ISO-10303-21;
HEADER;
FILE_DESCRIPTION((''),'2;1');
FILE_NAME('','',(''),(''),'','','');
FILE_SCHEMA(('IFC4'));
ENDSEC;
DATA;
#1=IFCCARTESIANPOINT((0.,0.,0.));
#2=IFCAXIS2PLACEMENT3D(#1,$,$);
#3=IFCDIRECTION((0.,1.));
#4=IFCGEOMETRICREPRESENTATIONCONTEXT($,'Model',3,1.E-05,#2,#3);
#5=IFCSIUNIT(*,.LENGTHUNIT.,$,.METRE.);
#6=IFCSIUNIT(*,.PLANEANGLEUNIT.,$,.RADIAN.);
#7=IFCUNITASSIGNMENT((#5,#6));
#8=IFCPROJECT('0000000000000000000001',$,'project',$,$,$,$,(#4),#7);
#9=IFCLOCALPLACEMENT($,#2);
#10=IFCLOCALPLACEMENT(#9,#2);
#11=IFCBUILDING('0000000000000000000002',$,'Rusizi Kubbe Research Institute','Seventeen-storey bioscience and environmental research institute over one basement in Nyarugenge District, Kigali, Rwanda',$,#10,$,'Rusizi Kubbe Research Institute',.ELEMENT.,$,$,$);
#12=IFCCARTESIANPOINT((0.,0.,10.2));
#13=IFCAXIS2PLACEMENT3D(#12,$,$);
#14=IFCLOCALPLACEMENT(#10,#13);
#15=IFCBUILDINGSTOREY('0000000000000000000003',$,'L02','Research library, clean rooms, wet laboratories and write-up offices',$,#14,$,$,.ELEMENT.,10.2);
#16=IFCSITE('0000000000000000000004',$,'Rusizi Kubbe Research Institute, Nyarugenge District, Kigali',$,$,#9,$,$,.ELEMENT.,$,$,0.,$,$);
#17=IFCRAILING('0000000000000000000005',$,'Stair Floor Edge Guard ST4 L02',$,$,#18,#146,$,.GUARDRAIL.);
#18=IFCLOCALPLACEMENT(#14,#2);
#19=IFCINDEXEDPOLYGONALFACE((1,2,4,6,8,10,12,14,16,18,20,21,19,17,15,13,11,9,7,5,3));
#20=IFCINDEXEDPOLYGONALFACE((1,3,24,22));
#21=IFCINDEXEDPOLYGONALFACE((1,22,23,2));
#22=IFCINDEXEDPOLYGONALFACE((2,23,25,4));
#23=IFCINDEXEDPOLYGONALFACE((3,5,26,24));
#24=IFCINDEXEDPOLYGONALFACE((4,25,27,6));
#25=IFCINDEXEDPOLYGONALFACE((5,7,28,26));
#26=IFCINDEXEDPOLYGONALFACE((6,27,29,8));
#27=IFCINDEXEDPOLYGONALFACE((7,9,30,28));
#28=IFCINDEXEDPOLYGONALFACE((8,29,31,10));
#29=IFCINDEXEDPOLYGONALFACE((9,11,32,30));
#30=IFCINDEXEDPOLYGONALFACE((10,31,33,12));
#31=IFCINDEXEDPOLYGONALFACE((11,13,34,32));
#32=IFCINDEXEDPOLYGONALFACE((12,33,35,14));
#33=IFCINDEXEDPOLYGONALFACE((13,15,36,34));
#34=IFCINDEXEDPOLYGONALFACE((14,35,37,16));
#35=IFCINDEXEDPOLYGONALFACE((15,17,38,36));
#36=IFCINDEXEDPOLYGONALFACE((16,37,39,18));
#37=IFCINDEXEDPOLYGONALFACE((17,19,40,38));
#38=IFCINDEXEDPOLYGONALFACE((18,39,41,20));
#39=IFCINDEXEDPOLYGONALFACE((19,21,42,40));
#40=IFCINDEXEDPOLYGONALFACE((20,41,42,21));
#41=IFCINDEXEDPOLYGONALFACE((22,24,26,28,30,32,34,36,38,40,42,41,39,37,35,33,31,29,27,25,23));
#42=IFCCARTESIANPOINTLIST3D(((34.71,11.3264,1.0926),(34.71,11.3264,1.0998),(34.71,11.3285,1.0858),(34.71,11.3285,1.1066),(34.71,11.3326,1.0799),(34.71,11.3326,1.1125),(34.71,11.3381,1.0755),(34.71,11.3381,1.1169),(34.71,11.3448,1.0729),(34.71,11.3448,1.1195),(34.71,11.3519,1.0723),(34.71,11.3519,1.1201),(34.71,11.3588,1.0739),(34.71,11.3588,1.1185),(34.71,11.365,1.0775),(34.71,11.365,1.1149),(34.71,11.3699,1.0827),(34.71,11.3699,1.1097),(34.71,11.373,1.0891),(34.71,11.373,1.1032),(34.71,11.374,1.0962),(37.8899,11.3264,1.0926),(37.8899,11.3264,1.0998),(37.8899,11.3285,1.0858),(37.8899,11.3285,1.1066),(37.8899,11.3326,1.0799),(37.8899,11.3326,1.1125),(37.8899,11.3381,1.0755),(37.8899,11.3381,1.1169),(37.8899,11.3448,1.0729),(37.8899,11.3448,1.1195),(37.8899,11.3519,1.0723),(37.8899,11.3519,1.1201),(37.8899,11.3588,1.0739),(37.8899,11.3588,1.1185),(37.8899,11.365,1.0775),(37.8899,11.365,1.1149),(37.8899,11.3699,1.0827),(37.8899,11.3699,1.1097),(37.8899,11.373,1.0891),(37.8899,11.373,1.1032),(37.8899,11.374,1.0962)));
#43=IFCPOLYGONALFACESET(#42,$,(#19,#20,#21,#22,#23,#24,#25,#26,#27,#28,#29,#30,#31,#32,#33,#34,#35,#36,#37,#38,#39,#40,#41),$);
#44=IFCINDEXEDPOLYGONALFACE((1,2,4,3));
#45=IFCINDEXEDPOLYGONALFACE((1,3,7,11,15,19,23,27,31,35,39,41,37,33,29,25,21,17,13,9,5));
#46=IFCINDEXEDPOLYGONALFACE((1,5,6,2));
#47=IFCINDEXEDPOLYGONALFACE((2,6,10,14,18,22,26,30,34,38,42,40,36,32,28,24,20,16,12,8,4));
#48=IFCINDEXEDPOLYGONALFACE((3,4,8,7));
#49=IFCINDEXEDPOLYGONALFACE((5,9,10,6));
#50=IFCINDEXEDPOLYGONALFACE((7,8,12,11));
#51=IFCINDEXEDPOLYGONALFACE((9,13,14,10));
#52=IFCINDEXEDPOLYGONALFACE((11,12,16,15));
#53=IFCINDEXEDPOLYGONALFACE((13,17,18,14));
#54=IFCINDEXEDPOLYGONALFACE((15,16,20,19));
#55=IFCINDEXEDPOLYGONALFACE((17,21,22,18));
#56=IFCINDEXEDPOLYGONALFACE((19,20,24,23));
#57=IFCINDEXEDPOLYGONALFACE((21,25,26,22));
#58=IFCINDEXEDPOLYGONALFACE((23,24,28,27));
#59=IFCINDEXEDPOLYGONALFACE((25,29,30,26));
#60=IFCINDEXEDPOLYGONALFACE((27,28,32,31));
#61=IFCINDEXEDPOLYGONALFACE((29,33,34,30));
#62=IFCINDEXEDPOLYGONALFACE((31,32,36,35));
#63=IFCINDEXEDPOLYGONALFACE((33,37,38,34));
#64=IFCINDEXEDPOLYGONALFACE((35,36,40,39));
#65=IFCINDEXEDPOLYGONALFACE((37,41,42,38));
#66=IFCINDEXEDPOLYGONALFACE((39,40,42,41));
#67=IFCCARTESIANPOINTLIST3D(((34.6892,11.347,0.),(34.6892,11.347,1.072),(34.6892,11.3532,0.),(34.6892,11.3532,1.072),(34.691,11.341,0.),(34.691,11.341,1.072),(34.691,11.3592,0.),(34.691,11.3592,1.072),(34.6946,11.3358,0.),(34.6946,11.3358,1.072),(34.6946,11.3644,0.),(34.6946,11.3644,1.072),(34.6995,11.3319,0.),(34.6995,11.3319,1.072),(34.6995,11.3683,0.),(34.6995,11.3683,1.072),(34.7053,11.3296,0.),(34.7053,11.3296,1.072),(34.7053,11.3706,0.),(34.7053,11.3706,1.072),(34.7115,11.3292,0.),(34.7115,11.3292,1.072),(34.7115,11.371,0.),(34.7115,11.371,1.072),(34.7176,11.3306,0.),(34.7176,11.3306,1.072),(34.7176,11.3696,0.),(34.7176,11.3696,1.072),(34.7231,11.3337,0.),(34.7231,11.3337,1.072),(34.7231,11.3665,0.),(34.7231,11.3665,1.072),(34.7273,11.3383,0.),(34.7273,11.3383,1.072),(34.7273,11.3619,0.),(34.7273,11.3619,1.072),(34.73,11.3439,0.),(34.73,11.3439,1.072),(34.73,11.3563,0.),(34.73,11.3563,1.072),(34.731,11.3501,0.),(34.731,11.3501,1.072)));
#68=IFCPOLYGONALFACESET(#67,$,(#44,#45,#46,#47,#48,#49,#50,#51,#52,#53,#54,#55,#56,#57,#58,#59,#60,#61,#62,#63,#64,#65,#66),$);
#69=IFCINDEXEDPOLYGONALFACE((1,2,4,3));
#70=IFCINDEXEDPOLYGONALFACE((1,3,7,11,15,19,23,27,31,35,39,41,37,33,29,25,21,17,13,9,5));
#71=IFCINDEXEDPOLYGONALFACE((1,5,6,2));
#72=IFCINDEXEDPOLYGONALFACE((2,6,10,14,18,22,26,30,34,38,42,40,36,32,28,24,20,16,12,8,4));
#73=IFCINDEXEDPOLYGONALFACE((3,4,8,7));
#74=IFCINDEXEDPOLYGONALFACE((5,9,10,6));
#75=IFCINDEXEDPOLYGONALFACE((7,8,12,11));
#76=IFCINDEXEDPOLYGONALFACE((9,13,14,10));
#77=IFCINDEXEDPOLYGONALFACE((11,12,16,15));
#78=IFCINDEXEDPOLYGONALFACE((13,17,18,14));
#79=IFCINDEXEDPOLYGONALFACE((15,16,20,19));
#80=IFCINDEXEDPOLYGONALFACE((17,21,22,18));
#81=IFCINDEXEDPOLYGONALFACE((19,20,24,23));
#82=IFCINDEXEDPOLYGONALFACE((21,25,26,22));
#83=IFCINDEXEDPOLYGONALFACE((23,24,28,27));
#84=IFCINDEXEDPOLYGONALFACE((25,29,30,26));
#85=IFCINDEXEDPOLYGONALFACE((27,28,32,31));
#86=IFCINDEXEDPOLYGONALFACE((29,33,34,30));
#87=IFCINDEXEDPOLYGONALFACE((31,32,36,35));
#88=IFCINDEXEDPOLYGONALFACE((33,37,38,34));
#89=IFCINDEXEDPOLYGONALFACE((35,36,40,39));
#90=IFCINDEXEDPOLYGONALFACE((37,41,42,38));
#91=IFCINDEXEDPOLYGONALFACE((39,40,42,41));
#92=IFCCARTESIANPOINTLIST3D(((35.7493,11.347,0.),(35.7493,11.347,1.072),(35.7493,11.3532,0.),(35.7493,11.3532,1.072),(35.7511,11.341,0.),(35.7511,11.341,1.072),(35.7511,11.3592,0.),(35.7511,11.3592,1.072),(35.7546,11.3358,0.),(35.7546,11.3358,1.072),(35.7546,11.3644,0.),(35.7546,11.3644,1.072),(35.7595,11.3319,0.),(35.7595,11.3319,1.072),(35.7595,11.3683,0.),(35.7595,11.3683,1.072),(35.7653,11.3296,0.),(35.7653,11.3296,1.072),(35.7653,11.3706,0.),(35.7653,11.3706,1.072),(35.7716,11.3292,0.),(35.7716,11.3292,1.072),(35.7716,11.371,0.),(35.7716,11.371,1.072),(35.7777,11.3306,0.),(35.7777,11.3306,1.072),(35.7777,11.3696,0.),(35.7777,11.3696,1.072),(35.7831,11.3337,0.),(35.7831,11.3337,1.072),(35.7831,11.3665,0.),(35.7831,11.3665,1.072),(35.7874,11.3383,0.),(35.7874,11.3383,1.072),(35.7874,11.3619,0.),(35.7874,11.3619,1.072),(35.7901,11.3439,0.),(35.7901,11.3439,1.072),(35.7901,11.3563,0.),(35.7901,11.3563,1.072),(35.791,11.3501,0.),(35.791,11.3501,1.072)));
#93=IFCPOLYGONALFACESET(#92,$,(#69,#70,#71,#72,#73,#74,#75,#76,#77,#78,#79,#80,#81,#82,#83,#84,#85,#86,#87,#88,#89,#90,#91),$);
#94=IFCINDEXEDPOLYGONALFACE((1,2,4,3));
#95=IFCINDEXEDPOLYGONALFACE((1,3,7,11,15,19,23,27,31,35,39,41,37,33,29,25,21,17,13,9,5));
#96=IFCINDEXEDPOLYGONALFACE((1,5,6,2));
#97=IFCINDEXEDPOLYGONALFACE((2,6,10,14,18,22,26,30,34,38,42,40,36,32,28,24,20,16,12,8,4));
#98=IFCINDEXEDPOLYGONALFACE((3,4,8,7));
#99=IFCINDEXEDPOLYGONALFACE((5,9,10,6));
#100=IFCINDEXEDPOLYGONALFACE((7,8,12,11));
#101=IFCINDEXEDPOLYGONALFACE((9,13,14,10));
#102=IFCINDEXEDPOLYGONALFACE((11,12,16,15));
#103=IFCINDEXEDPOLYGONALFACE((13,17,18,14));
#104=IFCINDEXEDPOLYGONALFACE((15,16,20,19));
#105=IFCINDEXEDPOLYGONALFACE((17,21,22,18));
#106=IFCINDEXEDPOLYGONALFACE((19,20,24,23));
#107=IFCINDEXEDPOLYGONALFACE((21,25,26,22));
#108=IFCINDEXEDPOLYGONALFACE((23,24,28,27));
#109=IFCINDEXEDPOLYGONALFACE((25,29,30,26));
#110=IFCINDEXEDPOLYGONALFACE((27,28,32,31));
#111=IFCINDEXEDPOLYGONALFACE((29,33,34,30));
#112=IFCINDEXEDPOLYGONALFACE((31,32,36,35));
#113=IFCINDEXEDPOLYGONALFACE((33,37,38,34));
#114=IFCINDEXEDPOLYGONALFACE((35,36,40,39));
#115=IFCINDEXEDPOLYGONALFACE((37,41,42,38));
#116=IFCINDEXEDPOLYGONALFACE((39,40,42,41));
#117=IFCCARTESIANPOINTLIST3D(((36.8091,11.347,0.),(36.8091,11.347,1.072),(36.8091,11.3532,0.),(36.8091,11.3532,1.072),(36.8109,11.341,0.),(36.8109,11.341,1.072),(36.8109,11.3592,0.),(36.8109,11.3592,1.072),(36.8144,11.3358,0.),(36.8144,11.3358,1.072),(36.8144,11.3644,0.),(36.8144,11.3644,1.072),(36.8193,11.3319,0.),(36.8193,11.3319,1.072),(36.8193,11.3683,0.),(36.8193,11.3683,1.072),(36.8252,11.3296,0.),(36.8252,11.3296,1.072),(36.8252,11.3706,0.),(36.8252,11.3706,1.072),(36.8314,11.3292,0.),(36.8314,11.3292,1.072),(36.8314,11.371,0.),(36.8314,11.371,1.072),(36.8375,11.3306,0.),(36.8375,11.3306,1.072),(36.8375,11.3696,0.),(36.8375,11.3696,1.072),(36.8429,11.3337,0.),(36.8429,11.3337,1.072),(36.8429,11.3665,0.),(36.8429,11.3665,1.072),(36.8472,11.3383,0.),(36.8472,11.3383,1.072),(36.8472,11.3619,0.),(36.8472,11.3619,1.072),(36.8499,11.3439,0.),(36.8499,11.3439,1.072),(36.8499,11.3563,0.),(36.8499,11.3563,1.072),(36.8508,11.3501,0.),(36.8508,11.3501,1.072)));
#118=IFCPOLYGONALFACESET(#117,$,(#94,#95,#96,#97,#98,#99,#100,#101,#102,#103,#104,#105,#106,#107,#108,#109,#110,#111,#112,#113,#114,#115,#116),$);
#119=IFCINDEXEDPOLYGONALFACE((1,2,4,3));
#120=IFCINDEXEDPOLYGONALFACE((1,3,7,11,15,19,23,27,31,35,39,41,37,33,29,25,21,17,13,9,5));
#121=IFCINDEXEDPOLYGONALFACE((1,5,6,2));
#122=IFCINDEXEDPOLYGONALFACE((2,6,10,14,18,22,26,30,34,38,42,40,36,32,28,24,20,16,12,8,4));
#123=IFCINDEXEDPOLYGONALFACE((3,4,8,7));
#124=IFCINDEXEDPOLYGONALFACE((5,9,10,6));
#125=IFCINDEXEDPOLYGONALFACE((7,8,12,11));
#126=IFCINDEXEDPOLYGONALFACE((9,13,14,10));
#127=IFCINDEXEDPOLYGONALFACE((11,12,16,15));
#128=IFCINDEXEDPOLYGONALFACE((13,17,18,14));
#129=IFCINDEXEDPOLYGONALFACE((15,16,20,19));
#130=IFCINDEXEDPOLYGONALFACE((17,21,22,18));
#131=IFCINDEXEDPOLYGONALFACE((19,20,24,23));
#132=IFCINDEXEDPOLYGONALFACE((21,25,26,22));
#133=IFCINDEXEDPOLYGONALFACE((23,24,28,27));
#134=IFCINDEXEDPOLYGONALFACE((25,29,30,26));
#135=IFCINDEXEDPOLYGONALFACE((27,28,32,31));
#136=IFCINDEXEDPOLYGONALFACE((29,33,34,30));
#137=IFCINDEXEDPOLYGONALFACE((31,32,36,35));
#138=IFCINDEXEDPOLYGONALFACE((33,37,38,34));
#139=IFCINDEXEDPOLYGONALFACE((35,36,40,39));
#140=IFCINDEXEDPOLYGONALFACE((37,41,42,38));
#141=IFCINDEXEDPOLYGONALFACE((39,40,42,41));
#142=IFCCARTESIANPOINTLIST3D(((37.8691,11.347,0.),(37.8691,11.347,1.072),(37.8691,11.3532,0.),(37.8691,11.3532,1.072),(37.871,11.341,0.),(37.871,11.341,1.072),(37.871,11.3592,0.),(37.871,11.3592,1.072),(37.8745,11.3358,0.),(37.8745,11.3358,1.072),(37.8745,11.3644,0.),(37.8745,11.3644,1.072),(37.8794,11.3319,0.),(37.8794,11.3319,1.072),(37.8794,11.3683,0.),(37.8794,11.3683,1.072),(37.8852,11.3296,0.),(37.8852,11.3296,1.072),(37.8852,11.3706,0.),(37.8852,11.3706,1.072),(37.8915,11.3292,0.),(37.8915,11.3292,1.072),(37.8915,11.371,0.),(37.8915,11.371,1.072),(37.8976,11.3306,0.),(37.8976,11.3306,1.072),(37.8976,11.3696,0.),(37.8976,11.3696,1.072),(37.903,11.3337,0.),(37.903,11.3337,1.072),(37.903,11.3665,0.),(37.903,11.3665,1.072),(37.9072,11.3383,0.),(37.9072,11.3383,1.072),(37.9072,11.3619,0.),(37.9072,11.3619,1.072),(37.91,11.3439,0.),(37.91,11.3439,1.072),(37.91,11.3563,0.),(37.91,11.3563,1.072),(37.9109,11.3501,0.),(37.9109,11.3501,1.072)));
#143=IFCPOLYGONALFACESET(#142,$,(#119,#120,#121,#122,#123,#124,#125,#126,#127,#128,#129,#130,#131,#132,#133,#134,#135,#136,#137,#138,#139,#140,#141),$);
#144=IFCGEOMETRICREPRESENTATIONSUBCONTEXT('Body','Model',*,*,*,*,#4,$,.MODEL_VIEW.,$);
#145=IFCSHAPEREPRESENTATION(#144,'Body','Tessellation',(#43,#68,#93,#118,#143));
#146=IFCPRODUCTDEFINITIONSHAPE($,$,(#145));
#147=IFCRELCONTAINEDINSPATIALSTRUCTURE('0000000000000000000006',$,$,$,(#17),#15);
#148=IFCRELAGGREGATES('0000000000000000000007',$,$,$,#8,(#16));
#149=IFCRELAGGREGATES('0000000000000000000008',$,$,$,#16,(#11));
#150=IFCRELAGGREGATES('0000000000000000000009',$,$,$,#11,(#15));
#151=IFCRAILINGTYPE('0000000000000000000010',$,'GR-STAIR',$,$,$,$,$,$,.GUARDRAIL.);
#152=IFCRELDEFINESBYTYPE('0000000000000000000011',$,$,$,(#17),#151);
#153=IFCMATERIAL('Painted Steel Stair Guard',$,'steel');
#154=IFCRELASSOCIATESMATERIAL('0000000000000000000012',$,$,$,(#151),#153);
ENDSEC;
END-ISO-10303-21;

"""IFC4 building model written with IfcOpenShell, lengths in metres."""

from ifc_helpers import new_model, si_unit, direction, frame, origin, origin_2d, place, context, subcontext, project, spatial, circle, extrude, material, type_object, element, save


model = new_model("IFC4")

# Units and contexts
model_context = context("Model", 3, precision=1e-05, world=origin(), true_north=direction((0.0, 1.0)))
body_context = subcontext(model_context, "Body", "Model", "MODEL_VIEW")
ifc_project = project(units=[si_unit("LENGTHUNIT", "METRE"), si_unit("PLANEANGLEUNIT", "RADIAN")], contexts=[model_context])

# Site, building, storey
site_placement = place(None, origin())
site = spatial("IfcSite", under=ifc_project, at=site_placement, Name="Rusizi Kubbe Research Institute, Nyarugenge District, Kigali", CompositionType="ELEMENT", RefElevation=0.0)
building_placement = place(site_placement, origin())
building = spatial("IfcBuilding", under=site, at=building_placement, Name="Rusizi Kubbe Research Institute", Description="Seventeen-storey bioscience and environmental research institute over one basement in Nyarugenge District, Kigali, Rwanda", LongName="Rusizi Kubbe Research Institute", CompositionType="ELEMENT")
storey_placement = place(building_placement, frame((0.0, 0.0, 10.2)))
storey = spatial("IfcBuildingStorey", under=building, at=storey_placement, Name="L02", Description="Research library, clean rooms, wet laboratories and write-up offices", CompositionType="ELEMENT", Elevation=10.2)

# Railing
ifc_material_1 = material(Name="Painted Steel Stair Guard", Category="steel")
railing_type_1 = type_object("IfcRailingType", Name="GR-STAIR", PredefinedType="GUARDRAIL", material=ifc_material_1)
railing_1_placement = place(storey_placement, frame((34.71, 11.3501, 0.0)))
element("IfcRailing", 1, at=railing_1_placement, inside=storey, type_object=railing_type_1, Name="Stair Floor Edge Guard ST4 L02", PredefinedType="GUARDRAIL", context=body_context, shape_type="SweptSolid", body=[
    extrude(circle(Radius=0.0239, at=origin_2d()), frame((0.0, 0.0, 1.0962), z_axis=(1.0, 0.0, 0.0), x_axis=(0.0, 1.0, 0.0)), (0.0, 0.0, 1.0), 3.1799),
    extrude(circle(Radius=0.021, at=origin_2d()), origin(), (0.0, 0.0, 1.0), 1.072),
    extrude(circle(Radius=0.021, at=origin_2d()), frame((1.0601, 0.0, 0.0)), (0.0, 0.0, 1.0), 1.072),
    extrude(circle(Radius=0.021, at=origin_2d()), frame((2.1199, 0.0, 0.0)), (0.0, 0.0, 1.0), 1.072),
    extrude(circle(Radius=0.021, at=origin_2d()), frame((3.1799, 0.0, 0.0)), (0.0, 0.0, 1.0), 1.072),
])

save(model, "model.ifc")
